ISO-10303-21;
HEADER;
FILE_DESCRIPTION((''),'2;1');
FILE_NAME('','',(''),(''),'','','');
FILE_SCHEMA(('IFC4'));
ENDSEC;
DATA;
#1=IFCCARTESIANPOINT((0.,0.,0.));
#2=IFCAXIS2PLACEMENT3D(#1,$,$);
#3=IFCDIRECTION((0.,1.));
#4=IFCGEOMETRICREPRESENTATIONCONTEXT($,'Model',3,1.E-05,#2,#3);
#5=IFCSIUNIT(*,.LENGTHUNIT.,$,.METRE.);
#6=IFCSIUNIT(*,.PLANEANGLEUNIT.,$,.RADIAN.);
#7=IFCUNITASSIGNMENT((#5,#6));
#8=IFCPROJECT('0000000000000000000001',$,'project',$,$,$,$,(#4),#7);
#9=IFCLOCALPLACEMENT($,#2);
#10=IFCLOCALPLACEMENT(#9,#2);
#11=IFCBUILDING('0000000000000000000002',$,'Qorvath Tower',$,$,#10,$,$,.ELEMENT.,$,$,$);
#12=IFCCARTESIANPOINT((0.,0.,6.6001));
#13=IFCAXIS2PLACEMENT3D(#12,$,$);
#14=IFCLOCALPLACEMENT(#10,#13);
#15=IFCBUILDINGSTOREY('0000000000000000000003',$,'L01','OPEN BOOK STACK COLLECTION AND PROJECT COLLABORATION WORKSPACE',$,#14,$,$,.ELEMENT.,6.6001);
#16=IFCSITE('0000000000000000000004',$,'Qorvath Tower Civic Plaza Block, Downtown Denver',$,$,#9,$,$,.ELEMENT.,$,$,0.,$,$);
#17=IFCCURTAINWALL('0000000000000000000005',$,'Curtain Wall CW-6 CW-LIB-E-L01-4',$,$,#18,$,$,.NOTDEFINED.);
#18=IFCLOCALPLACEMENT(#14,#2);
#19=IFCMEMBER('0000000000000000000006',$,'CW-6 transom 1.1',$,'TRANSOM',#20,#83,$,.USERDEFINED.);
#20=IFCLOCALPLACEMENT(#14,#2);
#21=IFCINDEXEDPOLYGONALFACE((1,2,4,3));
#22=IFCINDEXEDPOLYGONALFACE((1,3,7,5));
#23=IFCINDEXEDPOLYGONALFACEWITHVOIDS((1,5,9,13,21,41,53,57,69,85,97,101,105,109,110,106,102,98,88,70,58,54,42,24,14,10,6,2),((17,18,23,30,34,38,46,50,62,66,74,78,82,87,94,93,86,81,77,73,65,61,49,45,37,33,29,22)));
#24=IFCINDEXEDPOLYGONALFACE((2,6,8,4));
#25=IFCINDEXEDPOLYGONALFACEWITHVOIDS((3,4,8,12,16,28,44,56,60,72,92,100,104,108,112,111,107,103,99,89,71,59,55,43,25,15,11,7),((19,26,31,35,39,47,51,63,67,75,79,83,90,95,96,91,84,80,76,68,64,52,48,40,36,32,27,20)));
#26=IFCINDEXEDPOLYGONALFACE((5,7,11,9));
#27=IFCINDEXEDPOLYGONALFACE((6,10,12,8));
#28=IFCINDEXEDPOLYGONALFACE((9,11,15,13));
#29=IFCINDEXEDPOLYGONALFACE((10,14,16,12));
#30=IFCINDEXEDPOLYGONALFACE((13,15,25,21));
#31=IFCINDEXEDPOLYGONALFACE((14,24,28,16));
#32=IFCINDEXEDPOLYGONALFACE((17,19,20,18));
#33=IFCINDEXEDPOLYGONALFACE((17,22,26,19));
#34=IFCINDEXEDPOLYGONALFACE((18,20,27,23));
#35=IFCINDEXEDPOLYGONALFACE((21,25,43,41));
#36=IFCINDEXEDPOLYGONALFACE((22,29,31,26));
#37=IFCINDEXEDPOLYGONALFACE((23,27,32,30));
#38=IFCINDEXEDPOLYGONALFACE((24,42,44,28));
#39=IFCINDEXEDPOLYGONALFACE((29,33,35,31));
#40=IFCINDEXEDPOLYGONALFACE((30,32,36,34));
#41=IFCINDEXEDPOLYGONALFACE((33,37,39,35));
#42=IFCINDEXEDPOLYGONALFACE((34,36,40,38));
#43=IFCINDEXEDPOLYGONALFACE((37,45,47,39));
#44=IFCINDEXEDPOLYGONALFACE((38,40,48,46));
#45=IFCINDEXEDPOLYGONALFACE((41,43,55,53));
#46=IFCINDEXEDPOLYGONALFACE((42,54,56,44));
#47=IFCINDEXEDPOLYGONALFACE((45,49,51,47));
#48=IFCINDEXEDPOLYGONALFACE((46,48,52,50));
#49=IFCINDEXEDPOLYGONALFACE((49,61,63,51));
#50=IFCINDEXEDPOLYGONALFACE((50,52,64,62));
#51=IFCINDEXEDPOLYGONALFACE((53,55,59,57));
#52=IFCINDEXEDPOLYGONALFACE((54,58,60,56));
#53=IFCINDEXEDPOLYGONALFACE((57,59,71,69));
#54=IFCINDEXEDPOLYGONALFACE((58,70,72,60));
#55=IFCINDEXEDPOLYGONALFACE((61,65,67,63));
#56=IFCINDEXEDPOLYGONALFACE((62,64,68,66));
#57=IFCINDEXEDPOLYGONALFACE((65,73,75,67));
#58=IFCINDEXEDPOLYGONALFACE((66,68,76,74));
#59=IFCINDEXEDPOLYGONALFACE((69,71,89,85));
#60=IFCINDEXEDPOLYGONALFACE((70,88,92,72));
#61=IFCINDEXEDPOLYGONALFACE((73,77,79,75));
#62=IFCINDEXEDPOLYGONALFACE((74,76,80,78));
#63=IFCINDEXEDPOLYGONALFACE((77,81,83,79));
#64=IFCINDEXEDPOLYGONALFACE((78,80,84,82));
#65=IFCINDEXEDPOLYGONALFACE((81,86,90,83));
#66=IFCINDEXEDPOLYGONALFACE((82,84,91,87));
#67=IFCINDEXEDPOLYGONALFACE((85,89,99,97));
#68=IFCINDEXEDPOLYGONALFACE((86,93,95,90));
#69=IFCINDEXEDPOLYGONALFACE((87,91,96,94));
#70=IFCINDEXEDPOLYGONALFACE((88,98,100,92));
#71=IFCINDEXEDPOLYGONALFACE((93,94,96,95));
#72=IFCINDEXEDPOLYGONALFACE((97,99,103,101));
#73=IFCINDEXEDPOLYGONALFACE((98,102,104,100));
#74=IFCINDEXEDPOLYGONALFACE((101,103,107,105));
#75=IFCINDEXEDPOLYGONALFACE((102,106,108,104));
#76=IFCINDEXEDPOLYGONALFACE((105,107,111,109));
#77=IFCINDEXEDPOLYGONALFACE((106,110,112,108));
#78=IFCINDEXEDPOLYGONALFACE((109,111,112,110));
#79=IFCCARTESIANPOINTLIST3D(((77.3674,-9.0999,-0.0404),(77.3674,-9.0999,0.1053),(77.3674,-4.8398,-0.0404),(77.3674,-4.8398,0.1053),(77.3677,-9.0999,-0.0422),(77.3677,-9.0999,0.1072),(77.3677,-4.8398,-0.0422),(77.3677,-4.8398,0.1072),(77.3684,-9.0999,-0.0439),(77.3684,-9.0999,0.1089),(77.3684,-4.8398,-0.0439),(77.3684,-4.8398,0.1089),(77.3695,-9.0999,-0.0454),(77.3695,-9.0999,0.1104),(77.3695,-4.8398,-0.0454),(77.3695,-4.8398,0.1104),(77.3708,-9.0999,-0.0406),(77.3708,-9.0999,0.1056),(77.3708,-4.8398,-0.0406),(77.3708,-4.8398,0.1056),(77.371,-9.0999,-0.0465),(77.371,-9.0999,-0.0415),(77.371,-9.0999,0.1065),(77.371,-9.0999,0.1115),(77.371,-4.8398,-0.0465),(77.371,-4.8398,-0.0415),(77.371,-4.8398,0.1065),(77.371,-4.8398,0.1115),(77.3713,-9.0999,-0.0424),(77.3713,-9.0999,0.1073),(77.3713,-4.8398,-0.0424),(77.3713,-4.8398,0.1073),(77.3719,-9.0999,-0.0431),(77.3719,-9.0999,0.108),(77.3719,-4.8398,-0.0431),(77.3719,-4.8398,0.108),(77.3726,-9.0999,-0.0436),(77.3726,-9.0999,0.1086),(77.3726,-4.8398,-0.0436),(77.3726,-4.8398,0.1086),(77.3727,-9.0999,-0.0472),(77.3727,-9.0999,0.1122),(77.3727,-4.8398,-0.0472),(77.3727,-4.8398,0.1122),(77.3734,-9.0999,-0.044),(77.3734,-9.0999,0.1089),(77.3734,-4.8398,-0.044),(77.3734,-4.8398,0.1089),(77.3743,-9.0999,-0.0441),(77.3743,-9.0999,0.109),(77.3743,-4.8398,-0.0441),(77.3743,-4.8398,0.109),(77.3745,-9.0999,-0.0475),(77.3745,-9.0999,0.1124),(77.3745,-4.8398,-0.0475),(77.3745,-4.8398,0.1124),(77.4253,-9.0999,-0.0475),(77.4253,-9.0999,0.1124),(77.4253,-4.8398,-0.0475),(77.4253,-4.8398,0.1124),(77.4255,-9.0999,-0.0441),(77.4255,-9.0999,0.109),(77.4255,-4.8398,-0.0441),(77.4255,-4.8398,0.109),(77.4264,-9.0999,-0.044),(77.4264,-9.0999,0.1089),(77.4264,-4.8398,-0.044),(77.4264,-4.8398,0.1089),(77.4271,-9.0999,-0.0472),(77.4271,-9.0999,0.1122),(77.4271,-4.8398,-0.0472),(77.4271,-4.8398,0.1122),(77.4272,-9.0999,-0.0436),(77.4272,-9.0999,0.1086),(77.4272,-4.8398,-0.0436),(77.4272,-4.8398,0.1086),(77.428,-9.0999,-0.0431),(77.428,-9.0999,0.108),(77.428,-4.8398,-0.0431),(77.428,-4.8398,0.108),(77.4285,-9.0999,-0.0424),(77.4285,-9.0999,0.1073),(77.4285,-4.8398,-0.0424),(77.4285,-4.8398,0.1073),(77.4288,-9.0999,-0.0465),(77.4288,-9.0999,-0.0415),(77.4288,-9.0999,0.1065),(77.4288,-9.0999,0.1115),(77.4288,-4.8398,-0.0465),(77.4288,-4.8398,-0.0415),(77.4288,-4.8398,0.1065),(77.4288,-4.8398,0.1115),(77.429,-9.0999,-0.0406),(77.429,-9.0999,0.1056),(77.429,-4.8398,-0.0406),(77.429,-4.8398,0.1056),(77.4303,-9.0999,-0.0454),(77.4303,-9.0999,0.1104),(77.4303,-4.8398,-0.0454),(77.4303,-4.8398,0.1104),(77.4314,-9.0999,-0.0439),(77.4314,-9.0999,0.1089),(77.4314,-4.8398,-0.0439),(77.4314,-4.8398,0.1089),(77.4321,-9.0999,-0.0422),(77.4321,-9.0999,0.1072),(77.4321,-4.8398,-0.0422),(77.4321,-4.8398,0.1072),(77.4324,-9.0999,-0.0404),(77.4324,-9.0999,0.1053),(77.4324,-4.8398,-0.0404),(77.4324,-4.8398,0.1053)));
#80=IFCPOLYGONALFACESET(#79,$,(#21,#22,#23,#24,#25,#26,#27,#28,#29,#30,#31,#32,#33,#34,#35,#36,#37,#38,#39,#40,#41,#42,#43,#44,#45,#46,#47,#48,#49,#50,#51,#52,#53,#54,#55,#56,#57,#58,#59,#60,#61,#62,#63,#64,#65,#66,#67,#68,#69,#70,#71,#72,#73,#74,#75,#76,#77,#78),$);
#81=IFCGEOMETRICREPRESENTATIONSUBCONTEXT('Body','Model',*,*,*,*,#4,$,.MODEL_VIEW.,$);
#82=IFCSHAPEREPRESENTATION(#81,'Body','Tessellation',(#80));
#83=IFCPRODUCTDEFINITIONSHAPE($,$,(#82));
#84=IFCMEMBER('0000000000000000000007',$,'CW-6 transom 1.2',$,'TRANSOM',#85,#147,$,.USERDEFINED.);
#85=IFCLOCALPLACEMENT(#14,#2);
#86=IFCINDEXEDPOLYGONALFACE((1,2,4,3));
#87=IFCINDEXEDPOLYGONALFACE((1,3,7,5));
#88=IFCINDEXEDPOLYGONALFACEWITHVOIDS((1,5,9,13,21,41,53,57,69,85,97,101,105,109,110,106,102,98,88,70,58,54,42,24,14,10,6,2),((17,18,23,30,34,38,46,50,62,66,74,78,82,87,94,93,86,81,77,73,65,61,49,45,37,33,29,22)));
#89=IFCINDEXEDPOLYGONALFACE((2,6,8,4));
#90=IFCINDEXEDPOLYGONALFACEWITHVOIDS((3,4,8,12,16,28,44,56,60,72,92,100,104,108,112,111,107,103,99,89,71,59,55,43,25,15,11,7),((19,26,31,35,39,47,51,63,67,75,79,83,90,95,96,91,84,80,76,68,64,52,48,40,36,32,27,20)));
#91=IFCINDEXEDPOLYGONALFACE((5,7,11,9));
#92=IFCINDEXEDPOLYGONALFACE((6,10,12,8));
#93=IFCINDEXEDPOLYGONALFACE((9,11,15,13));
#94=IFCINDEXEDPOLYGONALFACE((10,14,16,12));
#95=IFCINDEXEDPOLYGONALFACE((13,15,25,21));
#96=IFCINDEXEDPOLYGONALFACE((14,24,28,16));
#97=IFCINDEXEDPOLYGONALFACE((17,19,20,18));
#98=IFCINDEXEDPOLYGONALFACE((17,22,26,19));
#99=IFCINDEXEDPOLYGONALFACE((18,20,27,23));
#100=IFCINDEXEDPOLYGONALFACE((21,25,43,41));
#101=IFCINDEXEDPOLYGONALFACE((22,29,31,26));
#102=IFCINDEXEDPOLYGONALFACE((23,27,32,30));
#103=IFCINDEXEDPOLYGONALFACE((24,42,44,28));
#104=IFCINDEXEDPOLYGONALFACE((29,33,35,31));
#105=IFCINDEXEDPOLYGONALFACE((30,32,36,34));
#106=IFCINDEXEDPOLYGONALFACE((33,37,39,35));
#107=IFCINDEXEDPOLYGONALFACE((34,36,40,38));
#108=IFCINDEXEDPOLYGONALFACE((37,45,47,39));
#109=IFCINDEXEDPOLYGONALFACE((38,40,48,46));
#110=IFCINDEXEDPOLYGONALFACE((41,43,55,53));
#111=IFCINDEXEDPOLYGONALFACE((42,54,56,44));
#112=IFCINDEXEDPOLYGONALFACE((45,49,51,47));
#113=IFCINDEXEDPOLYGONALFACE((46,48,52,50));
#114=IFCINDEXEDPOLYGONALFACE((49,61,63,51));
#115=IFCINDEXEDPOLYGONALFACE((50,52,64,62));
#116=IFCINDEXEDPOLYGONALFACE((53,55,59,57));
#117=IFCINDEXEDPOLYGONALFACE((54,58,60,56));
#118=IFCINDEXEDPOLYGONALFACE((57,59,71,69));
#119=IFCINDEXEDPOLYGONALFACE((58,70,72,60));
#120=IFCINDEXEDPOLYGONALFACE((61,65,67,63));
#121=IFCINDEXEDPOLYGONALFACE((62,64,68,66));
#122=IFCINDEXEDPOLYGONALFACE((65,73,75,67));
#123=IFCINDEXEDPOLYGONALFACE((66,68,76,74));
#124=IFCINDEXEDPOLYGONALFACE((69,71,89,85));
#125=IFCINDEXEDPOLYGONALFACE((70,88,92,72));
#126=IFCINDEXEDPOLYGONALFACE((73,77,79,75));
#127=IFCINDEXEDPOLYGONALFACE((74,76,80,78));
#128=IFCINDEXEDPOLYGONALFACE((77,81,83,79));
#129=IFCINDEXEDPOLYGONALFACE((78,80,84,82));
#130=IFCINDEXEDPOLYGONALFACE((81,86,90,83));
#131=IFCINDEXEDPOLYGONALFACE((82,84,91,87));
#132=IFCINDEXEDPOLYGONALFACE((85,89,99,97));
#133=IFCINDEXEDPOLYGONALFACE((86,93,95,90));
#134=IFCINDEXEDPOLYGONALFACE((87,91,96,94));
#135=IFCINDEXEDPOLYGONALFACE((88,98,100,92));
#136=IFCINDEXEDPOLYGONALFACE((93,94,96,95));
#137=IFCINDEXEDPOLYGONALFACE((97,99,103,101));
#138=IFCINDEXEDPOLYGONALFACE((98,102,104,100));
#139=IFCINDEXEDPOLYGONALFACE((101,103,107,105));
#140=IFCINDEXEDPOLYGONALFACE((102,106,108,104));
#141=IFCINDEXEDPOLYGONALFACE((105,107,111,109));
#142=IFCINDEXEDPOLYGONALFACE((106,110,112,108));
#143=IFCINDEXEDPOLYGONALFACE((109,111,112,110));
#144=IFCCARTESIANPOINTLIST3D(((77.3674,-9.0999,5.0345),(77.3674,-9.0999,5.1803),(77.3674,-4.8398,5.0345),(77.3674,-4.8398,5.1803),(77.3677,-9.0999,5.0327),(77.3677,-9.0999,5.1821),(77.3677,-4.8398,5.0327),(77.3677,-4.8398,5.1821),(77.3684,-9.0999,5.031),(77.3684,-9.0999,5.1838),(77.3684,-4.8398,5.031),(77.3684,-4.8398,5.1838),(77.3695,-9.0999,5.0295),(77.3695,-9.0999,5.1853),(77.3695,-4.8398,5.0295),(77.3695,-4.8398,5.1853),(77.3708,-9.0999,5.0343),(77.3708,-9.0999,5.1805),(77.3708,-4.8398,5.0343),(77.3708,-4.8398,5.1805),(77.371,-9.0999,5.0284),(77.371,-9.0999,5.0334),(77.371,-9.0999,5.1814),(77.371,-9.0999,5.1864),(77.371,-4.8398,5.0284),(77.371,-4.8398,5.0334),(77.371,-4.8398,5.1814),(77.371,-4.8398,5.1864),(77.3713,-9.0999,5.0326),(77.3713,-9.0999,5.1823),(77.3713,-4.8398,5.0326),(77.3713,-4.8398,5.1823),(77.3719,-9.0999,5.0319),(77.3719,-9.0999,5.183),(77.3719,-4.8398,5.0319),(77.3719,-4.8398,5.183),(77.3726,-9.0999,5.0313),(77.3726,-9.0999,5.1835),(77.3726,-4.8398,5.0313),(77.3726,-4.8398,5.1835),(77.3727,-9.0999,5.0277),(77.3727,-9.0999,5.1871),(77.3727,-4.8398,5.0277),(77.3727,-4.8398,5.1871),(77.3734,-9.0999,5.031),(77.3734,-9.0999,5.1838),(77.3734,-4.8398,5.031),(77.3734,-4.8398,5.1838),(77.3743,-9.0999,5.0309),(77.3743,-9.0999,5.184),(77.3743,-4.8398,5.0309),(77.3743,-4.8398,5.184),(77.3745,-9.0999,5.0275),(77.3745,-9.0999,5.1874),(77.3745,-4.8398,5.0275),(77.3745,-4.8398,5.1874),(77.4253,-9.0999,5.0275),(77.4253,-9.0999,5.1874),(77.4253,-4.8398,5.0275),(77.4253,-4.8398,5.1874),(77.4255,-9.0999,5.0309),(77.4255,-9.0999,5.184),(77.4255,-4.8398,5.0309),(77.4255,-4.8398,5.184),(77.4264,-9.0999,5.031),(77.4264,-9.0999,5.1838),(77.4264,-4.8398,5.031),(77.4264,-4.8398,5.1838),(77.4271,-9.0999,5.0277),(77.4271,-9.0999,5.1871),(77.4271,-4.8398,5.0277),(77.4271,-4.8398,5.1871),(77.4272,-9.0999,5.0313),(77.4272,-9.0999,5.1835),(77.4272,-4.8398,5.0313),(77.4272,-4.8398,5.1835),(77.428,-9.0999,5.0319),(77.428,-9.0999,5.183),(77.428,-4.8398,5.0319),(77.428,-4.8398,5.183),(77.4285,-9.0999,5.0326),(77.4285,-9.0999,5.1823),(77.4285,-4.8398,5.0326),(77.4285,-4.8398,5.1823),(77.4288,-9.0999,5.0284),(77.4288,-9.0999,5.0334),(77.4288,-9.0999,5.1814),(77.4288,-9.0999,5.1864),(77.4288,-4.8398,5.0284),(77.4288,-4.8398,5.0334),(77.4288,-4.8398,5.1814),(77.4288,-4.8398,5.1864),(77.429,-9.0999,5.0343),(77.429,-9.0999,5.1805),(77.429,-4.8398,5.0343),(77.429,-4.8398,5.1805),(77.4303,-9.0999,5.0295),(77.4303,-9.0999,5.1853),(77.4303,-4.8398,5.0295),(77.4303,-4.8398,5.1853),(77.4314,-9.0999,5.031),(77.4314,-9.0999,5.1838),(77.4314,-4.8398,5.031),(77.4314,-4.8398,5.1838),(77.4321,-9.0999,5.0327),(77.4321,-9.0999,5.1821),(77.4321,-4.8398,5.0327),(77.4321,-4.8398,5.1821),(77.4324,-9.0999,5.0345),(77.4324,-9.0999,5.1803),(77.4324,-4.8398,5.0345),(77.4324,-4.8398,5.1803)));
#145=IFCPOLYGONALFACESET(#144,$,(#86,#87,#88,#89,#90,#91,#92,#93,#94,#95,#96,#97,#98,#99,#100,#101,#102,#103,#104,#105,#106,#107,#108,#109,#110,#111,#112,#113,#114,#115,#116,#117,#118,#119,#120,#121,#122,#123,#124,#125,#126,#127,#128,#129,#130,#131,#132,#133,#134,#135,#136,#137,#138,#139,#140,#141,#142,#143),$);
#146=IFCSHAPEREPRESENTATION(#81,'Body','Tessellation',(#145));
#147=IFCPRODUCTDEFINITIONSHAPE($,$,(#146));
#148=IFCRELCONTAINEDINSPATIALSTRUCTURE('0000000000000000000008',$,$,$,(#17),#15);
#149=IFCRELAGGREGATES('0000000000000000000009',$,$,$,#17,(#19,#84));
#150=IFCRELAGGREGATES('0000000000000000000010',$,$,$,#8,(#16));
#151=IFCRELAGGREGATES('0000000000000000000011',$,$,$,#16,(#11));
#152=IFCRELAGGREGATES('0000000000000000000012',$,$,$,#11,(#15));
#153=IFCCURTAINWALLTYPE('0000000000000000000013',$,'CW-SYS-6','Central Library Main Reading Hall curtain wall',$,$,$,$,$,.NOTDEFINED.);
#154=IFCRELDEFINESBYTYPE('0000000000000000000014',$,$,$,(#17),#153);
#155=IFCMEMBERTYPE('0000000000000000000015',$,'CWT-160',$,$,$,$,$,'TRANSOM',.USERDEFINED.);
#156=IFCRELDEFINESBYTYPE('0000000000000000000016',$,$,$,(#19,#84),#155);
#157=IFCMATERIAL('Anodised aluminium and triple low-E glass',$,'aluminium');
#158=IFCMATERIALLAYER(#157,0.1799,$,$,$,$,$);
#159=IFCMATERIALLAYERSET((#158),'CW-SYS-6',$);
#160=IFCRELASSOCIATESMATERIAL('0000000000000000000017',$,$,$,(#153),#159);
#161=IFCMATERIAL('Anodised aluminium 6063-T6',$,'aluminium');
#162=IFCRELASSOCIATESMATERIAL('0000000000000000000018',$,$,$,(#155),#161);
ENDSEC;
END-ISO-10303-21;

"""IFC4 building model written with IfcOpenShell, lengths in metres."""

from ifc_helpers import new_model, si_unit, direction, frame, origin, origin_2d, place, context, subcontext, project, spatial, hollow_rectangle, extrude, material, layer, layer_set, material_profile, profile_set, type_object, element, aggregate, save


model = new_model("IFC4")

# Units and contexts
model_context = context("Model", 3, precision=1e-05, world=origin(), true_north=direction((0.0, 1.0)))
body_context = subcontext(model_context, "Body", "Model", "MODEL_VIEW")
ifc_project = project(units=[si_unit("LENGTHUNIT", "METRE"), si_unit("PLANEANGLEUNIT", "RADIAN")], contexts=[model_context])

# Site, building, storey
site_placement = place(None, origin())
site = spatial("IfcSite", under=ifc_project, at=site_placement, Name="Qorvath Tower Civic Plaza Block, Downtown Denver", CompositionType="ELEMENT", RefElevation=0.0)
building_placement = place(site_placement, origin())
building = spatial("IfcBuilding", under=site, at=building_placement, Name="Qorvath Tower", CompositionType="ELEMENT")
storey_placement = place(building_placement, frame((0.0, 0.0, 6.6001)))
storey = spatial("IfcBuildingStorey", under=building, at=storey_placement, Name="L01", Description="OPEN BOOK STACK COLLECTION AND PROJECT COLLABORATION WORKSPACE", CompositionType="ELEMENT", Elevation=6.6001)

# Curtain wall
ifc_material_1 = material(Name="Anodised aluminium and triple low-E glass", Category="aluminium")
ifc_layer_1 = layer(ifc_material_1, 0.1799)
ifc_layer_set_1 = layer_set([ifc_layer_1], Name="CW-SYS-6")
curtain_wall_type = type_object("IfcCurtainWallType", Name="CW-SYS-6", Description="Central Library Main Reading Hall curtain wall", PredefinedType="NOTDEFINED", material=ifc_layer_set_1)
curtain_wall_1_placement = place(storey_placement, origin())
curtain_wall_1 = element("IfcCurtainWall", 1, at=curtain_wall_1_placement, inside=storey, type_object=curtain_wall_type, Name="Curtain Wall CW-6 CW-LIB-E-L01-4", PredefinedType="NOTDEFINED")

# Members
ifc_material_2 = material(Name="Anodised aluminium 6063-T6", Category="aluminium")
ifc_material_profile_1 = material_profile(ifc_material_2, hollow_rectangle(XDim=0.0649, YDim=0.1599, WallThickness=0.0034, InnerFilletRadius=0.0034, OuterFilletRadius=0.0071, at=origin_2d()), Name="CWT 160x65")
ifc_profile_set_1 = profile_set([ifc_material_profile_1], Name="Anodised aluminium 6063-T6")
member_type_1 = type_object("IfcMemberType", Name="CWT-160", ElementType="TRANSOM", PredefinedType="USERDEFINED", material=ifc_profile_set_1)
member_1_placement = place(storey_placement, frame((77.3999, -9.0999, 0.0325), z_axis=(0.0, 1.0, 0.0), x_axis=(-1.0, 0.0, 0.0)))
member_1 = element("IfcMember", 2, at=member_1_placement, type_object=member_type_1, Name="CW-6 transom 1.1", ObjectType="TRANSOM", PredefinedType="USERDEFINED", context=body_context, shape_type="SweptSolid", body=[
    extrude(hollow_rectangle(XDim=0.0649, YDim=0.1599, WallThickness=0.0034, InnerFilletRadius=0.0034, OuterFilletRadius=0.0071, at=origin_2d()), origin(), (0.0, 0.0, 1.0), 4.26),
])
member_2_placement = place(storey_placement, frame((77.3999, -9.0999, 5.1074), z_axis=(0.0, 1.0, 0.0), x_axis=(-1.0, 0.0, 0.0)))
member_2 = element("IfcMember", 3, at=member_2_placement, type_object=member_type_1, Name="CW-6 transom 1.2", ObjectType="TRANSOM", PredefinedType="USERDEFINED", context=body_context, shape_type="SweptSolid", body=[
    extrude(hollow_rectangle(XDim=0.0649, YDim=0.1599, WallThickness=0.0034, InnerFilletRadius=0.0034, OuterFilletRadius=0.0071, at=origin_2d()), origin(), (0.0, 0.0, 1.0), 4.26),
])

aggregate(curtain_wall_1, [member_1, member_2])

save(model, "model.ifc")
